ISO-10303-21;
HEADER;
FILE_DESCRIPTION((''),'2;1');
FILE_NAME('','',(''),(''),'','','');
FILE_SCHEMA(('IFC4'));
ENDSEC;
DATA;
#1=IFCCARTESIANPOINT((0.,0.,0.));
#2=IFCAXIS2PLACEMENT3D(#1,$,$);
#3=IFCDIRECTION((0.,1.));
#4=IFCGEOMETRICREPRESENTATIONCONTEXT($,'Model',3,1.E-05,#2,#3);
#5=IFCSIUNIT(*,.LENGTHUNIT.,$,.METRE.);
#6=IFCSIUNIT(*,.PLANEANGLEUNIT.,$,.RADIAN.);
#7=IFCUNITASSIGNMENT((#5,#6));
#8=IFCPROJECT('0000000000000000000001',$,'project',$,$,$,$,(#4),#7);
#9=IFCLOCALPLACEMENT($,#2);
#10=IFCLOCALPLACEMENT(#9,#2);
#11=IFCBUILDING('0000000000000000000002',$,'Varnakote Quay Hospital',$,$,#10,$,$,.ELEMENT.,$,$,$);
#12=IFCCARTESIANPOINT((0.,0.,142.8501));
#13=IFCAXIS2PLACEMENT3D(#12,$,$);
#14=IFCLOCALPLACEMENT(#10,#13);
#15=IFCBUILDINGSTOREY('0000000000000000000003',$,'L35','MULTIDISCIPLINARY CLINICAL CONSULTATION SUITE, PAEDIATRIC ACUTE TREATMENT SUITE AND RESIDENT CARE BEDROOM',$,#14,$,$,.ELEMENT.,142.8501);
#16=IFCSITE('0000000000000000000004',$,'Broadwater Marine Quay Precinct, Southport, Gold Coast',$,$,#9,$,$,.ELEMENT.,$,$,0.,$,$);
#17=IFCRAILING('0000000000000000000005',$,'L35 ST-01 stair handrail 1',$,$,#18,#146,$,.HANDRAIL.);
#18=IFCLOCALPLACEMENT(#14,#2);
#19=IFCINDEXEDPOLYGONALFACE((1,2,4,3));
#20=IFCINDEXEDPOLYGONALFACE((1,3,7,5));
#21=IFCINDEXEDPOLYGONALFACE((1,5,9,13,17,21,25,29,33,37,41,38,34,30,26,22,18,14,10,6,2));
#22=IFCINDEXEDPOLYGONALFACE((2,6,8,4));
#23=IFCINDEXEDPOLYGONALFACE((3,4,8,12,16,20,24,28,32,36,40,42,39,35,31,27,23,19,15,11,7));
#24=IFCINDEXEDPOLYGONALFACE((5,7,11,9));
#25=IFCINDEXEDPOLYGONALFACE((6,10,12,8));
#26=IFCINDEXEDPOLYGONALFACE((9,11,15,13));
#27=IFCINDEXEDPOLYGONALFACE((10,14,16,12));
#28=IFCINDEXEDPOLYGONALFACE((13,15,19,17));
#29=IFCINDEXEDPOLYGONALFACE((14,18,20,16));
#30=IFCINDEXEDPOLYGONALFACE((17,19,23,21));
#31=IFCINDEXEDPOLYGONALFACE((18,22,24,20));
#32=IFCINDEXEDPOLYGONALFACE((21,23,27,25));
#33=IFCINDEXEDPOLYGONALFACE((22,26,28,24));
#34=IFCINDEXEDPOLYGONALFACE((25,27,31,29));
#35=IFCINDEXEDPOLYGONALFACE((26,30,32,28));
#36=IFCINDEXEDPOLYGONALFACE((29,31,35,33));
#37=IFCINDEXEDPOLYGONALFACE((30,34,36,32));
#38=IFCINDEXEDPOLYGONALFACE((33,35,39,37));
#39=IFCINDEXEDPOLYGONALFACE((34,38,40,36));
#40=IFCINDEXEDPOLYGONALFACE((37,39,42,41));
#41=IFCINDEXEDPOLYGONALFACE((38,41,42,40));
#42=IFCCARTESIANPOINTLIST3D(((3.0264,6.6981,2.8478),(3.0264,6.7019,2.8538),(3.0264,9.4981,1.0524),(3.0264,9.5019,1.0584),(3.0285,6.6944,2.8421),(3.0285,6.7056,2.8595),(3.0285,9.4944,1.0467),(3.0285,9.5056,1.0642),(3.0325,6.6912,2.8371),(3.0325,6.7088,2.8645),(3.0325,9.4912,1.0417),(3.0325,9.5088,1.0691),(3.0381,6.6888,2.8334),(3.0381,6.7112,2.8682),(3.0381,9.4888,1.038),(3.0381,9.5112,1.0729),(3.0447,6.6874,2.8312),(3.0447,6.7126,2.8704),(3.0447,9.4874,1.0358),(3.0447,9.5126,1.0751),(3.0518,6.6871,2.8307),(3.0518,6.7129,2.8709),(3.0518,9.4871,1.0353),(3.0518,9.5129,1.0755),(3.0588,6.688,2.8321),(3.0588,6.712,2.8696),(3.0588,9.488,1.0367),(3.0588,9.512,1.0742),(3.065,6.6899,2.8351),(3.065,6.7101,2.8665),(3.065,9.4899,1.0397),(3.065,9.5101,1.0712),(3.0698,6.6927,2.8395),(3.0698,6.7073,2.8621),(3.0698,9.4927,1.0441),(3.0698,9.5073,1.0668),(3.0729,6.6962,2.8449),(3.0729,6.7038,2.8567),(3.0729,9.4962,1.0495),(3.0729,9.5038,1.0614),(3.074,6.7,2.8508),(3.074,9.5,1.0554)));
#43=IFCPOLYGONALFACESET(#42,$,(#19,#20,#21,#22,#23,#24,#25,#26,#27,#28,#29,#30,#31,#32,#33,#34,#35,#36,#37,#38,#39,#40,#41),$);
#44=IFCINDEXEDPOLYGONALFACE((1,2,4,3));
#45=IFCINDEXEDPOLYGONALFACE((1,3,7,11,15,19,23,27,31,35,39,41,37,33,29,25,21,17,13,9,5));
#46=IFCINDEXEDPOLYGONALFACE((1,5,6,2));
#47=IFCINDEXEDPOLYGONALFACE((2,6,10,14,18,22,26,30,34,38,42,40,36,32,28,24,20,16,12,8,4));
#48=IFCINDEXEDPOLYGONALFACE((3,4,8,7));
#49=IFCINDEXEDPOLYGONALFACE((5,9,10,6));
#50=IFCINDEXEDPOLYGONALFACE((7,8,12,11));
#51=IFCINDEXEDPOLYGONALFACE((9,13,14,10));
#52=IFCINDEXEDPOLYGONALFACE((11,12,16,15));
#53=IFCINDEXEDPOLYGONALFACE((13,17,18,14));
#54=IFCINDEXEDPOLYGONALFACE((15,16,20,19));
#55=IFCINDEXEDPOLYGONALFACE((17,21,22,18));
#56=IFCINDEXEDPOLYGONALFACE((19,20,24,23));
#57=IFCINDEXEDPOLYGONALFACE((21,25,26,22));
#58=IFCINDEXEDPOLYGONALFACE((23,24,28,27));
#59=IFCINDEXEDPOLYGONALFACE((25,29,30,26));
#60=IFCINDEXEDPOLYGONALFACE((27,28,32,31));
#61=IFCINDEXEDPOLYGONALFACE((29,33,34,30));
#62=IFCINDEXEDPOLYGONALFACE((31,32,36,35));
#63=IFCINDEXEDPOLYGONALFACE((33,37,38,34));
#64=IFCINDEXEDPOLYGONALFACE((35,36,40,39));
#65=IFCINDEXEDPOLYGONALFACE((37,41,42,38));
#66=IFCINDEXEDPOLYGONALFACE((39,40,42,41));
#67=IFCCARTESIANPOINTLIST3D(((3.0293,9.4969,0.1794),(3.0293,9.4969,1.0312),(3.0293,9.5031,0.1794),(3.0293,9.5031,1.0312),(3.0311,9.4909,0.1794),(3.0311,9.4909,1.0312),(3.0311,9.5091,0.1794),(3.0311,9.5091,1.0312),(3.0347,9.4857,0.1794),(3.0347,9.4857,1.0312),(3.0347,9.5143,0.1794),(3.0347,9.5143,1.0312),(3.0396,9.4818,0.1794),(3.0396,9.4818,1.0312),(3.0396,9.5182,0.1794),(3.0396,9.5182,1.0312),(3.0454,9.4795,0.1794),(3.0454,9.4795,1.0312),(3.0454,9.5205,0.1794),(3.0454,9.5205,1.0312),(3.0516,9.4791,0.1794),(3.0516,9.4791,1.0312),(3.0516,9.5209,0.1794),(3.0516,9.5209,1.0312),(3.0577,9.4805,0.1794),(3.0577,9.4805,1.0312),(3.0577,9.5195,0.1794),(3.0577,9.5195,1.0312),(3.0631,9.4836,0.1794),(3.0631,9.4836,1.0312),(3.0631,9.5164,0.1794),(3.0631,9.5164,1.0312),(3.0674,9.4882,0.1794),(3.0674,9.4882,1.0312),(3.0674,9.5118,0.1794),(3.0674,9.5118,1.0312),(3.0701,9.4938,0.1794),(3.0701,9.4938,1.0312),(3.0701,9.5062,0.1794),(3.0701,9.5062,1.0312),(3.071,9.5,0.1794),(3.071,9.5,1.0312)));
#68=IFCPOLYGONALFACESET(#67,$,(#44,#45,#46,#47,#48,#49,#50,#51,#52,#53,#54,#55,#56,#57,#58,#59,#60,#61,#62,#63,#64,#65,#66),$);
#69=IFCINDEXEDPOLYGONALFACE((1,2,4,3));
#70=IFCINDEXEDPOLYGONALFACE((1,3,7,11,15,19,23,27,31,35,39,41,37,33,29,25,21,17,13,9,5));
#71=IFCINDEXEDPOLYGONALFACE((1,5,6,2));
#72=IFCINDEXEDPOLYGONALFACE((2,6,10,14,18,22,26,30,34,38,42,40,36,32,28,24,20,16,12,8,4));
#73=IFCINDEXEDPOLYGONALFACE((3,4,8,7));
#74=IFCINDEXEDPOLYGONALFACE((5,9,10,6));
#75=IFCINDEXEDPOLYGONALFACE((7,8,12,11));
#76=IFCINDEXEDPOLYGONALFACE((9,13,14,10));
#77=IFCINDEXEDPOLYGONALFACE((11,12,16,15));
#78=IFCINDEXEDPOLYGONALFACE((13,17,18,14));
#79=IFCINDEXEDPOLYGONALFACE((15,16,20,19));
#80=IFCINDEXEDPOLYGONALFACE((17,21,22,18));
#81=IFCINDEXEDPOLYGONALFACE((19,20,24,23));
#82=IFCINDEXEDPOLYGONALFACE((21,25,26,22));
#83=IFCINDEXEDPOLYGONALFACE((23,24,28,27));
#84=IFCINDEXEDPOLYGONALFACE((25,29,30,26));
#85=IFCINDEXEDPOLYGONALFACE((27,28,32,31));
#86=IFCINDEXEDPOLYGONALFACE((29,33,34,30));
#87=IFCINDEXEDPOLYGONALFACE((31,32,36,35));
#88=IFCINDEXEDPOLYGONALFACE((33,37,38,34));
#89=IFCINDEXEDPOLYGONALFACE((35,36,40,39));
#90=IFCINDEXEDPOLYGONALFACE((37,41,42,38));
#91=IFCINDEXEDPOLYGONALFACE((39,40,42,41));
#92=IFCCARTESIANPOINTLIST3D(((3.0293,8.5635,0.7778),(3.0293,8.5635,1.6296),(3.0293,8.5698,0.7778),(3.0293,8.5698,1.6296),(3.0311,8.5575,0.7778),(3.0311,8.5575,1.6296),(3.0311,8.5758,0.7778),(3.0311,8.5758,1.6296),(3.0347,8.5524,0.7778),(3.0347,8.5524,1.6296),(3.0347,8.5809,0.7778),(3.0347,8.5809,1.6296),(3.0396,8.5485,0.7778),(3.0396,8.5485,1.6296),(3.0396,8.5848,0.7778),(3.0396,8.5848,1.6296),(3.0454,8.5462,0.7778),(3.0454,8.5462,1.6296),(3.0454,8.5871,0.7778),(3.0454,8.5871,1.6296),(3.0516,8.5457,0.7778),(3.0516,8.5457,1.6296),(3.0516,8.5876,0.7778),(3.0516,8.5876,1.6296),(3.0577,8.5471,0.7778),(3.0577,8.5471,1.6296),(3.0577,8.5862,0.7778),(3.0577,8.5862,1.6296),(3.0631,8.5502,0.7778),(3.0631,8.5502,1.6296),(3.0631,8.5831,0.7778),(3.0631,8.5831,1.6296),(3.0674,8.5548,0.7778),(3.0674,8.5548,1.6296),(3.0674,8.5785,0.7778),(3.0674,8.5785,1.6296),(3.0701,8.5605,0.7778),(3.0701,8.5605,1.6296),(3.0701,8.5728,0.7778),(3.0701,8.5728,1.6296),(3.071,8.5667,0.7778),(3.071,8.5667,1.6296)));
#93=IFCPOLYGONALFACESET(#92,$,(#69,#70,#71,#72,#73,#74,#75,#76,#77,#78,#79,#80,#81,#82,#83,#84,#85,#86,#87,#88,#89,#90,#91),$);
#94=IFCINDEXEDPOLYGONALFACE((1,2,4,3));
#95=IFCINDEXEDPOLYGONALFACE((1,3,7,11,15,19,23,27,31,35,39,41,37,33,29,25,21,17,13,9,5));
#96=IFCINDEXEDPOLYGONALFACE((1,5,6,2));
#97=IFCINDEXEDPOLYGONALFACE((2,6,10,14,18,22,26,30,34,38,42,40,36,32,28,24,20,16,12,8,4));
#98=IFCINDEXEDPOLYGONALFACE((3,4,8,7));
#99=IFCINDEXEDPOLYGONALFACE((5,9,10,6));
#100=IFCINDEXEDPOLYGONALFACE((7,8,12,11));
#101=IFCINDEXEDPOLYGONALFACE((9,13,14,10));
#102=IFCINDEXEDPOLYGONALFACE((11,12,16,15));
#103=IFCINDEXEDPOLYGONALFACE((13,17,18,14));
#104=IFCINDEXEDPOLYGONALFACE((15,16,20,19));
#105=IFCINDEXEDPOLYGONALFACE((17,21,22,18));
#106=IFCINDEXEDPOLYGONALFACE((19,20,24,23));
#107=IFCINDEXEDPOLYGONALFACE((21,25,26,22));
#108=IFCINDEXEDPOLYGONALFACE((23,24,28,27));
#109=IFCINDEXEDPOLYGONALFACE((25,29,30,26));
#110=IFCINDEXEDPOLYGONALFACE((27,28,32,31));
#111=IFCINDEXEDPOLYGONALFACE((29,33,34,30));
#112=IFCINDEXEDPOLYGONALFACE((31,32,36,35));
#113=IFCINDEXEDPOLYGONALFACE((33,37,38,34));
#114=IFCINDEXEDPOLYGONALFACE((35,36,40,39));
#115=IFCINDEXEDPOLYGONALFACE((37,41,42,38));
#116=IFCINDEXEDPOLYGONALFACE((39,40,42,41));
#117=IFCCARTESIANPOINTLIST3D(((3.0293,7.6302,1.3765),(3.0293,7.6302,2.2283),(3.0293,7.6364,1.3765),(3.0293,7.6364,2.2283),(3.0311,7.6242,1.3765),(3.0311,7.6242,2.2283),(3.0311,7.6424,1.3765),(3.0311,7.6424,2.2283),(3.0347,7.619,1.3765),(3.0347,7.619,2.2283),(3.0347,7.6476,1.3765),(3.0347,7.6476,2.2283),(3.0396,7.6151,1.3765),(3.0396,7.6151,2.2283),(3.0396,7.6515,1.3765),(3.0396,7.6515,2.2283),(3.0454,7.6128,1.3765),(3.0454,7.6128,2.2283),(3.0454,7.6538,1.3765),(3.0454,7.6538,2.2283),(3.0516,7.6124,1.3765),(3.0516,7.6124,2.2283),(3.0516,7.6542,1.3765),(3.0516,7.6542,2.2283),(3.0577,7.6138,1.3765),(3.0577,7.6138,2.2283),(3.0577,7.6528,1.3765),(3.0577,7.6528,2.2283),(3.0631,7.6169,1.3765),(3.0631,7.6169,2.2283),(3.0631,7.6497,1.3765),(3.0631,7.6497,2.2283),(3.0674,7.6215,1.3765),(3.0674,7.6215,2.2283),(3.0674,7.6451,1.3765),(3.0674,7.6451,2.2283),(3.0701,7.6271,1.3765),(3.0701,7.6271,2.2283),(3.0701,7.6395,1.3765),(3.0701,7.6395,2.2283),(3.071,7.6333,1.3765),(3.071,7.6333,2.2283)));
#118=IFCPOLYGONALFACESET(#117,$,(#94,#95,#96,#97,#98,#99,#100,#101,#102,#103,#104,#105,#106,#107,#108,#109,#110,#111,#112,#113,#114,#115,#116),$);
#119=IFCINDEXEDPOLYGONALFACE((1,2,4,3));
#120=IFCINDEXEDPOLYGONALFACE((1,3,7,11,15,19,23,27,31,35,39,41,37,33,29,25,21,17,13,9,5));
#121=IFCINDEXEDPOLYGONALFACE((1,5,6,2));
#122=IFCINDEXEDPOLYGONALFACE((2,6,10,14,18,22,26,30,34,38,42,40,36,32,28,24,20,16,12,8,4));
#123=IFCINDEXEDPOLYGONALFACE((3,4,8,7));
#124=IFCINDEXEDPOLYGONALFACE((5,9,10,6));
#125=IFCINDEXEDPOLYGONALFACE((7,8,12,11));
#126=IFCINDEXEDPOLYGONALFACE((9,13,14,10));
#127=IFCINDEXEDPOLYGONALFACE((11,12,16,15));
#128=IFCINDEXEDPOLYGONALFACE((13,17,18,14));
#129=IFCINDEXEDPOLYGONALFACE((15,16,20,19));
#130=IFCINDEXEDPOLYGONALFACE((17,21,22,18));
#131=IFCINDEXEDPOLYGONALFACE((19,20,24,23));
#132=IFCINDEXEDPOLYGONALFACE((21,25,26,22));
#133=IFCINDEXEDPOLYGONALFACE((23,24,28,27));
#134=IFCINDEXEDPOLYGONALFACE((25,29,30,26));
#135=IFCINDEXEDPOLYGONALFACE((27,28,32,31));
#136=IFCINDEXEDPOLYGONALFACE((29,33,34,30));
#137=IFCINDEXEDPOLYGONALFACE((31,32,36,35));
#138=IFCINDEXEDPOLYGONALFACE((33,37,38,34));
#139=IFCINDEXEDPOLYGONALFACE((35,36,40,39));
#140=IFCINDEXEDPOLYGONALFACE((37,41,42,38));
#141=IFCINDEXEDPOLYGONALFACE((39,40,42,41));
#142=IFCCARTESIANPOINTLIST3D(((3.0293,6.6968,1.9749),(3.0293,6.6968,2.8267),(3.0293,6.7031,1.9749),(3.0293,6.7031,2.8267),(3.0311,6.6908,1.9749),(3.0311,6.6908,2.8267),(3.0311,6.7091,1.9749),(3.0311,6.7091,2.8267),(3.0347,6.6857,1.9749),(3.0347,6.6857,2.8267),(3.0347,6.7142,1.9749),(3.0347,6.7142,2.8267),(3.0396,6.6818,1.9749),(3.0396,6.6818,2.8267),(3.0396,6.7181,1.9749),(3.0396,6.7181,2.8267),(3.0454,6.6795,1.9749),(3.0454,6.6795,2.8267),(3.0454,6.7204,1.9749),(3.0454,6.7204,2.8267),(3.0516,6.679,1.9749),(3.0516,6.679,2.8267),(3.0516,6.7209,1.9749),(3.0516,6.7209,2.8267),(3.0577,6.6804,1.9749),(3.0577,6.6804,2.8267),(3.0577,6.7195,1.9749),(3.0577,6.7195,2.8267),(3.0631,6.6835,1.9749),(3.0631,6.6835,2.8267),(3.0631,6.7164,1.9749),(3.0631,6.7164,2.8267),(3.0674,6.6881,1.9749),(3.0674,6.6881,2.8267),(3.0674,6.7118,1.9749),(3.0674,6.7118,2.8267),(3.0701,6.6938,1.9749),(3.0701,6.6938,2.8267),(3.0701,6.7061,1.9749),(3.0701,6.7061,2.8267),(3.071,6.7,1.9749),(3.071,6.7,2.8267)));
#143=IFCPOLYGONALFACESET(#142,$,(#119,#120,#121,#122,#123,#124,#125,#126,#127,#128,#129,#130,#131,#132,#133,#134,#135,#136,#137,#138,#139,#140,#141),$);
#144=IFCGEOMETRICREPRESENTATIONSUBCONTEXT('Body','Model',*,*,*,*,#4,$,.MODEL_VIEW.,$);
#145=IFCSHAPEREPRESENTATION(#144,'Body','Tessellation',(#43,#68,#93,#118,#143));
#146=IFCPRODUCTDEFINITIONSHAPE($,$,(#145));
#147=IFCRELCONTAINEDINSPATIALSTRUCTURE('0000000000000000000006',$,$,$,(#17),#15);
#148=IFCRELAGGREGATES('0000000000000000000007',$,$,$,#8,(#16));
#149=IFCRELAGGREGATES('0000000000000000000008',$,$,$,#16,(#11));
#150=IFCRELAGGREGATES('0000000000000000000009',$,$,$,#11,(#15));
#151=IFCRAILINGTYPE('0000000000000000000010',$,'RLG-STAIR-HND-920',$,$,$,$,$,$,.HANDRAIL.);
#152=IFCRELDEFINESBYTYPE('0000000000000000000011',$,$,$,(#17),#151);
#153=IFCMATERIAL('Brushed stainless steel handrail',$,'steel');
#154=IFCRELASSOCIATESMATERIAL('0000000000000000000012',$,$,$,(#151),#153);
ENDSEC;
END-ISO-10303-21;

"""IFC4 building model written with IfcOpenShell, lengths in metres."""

from ifc_helpers import new_model, si_unit, direction, frame, origin, origin_2d, place, context, subcontext, project, spatial, circle, extrude, material, type_object, element, save


model = new_model("IFC4")

# Units and contexts
model_context = context("Model", 3, precision=1e-05, world=origin(), true_north=direction((0.0, 1.0)))
body_context = subcontext(model_context, "Body", "Model", "MODEL_VIEW")
ifc_project = project(units=[si_unit("LENGTHUNIT", "METRE"), si_unit("PLANEANGLEUNIT", "RADIAN")], contexts=[model_context])

# Site, building, storey
site_placement = place(None, origin())
site = spatial("IfcSite", under=ifc_project, at=site_placement, Name="Broadwater Marine Quay Precinct, Southport, Gold Coast", CompositionType="ELEMENT", RefElevation=0.0)
building_placement = place(site_placement, origin())
building = spatial("IfcBuilding", under=site, at=building_placement, Name="Varnakote Quay Hospital", CompositionType="ELEMENT")
storey_placement = place(building_placement, frame((0.0, 0.0, 142.8501)))
storey = spatial("IfcBuildingStorey", under=building, at=storey_placement, Name="L35", Description="MULTIDISCIPLINARY CLINICAL CONSULTATION SUITE, PAEDIATRIC ACUTE TREATMENT SUITE AND RESIDENT CARE BEDROOM", CompositionType="ELEMENT", Elevation=142.8501)

# Railing
ifc_material_1 = material(Name="Brushed stainless steel handrail", Category="steel")
railing_type_1 = type_object("IfcRailingType", Name="RLG-STAIR-HND-920", PredefinedType="HANDRAIL", material=ifc_material_1)
railing_1_placement = place(storey_placement, frame((3.05, 9.5, 0.1794)))
element("IfcRailing", 1, at=railing_1_placement, inside=storey, type_object=railing_type_1, Name="L35 ST-01 stair handrail 1", PredefinedType="HANDRAIL", context=body_context, shape_type="SweptSolid", body=[
    extrude(circle(Radius=0.0239, at=origin_2d()), frame((0.0, 0.0, 0.876), z_axis=(0.0, -0.84181, 0.539774), x_axis=(1.0, 0.0, 0.0)), (0.0, 0.0, 1.0), 3.3262),
    extrude(circle(Radius=0.021, at=origin_2d()), origin(), (0.0, 0.0, 1.0), 0.8518),
    extrude(circle(Radius=0.021, at=origin_2d()), frame((0.0, -0.9333, 0.5984)), (0.0, 0.0, 1.0), 0.8518),
    extrude(circle(Radius=0.021, at=origin_2d()), frame((0.0, -1.8667, 1.197)), (0.0, 0.0, 1.0), 0.8518),
    extrude(circle(Radius=0.021, at=origin_2d()), frame((0.0, -2.8, 1.7954)), (0.0, 0.0, 1.0), 0.8518),
])

save(model, "model.ifc")
